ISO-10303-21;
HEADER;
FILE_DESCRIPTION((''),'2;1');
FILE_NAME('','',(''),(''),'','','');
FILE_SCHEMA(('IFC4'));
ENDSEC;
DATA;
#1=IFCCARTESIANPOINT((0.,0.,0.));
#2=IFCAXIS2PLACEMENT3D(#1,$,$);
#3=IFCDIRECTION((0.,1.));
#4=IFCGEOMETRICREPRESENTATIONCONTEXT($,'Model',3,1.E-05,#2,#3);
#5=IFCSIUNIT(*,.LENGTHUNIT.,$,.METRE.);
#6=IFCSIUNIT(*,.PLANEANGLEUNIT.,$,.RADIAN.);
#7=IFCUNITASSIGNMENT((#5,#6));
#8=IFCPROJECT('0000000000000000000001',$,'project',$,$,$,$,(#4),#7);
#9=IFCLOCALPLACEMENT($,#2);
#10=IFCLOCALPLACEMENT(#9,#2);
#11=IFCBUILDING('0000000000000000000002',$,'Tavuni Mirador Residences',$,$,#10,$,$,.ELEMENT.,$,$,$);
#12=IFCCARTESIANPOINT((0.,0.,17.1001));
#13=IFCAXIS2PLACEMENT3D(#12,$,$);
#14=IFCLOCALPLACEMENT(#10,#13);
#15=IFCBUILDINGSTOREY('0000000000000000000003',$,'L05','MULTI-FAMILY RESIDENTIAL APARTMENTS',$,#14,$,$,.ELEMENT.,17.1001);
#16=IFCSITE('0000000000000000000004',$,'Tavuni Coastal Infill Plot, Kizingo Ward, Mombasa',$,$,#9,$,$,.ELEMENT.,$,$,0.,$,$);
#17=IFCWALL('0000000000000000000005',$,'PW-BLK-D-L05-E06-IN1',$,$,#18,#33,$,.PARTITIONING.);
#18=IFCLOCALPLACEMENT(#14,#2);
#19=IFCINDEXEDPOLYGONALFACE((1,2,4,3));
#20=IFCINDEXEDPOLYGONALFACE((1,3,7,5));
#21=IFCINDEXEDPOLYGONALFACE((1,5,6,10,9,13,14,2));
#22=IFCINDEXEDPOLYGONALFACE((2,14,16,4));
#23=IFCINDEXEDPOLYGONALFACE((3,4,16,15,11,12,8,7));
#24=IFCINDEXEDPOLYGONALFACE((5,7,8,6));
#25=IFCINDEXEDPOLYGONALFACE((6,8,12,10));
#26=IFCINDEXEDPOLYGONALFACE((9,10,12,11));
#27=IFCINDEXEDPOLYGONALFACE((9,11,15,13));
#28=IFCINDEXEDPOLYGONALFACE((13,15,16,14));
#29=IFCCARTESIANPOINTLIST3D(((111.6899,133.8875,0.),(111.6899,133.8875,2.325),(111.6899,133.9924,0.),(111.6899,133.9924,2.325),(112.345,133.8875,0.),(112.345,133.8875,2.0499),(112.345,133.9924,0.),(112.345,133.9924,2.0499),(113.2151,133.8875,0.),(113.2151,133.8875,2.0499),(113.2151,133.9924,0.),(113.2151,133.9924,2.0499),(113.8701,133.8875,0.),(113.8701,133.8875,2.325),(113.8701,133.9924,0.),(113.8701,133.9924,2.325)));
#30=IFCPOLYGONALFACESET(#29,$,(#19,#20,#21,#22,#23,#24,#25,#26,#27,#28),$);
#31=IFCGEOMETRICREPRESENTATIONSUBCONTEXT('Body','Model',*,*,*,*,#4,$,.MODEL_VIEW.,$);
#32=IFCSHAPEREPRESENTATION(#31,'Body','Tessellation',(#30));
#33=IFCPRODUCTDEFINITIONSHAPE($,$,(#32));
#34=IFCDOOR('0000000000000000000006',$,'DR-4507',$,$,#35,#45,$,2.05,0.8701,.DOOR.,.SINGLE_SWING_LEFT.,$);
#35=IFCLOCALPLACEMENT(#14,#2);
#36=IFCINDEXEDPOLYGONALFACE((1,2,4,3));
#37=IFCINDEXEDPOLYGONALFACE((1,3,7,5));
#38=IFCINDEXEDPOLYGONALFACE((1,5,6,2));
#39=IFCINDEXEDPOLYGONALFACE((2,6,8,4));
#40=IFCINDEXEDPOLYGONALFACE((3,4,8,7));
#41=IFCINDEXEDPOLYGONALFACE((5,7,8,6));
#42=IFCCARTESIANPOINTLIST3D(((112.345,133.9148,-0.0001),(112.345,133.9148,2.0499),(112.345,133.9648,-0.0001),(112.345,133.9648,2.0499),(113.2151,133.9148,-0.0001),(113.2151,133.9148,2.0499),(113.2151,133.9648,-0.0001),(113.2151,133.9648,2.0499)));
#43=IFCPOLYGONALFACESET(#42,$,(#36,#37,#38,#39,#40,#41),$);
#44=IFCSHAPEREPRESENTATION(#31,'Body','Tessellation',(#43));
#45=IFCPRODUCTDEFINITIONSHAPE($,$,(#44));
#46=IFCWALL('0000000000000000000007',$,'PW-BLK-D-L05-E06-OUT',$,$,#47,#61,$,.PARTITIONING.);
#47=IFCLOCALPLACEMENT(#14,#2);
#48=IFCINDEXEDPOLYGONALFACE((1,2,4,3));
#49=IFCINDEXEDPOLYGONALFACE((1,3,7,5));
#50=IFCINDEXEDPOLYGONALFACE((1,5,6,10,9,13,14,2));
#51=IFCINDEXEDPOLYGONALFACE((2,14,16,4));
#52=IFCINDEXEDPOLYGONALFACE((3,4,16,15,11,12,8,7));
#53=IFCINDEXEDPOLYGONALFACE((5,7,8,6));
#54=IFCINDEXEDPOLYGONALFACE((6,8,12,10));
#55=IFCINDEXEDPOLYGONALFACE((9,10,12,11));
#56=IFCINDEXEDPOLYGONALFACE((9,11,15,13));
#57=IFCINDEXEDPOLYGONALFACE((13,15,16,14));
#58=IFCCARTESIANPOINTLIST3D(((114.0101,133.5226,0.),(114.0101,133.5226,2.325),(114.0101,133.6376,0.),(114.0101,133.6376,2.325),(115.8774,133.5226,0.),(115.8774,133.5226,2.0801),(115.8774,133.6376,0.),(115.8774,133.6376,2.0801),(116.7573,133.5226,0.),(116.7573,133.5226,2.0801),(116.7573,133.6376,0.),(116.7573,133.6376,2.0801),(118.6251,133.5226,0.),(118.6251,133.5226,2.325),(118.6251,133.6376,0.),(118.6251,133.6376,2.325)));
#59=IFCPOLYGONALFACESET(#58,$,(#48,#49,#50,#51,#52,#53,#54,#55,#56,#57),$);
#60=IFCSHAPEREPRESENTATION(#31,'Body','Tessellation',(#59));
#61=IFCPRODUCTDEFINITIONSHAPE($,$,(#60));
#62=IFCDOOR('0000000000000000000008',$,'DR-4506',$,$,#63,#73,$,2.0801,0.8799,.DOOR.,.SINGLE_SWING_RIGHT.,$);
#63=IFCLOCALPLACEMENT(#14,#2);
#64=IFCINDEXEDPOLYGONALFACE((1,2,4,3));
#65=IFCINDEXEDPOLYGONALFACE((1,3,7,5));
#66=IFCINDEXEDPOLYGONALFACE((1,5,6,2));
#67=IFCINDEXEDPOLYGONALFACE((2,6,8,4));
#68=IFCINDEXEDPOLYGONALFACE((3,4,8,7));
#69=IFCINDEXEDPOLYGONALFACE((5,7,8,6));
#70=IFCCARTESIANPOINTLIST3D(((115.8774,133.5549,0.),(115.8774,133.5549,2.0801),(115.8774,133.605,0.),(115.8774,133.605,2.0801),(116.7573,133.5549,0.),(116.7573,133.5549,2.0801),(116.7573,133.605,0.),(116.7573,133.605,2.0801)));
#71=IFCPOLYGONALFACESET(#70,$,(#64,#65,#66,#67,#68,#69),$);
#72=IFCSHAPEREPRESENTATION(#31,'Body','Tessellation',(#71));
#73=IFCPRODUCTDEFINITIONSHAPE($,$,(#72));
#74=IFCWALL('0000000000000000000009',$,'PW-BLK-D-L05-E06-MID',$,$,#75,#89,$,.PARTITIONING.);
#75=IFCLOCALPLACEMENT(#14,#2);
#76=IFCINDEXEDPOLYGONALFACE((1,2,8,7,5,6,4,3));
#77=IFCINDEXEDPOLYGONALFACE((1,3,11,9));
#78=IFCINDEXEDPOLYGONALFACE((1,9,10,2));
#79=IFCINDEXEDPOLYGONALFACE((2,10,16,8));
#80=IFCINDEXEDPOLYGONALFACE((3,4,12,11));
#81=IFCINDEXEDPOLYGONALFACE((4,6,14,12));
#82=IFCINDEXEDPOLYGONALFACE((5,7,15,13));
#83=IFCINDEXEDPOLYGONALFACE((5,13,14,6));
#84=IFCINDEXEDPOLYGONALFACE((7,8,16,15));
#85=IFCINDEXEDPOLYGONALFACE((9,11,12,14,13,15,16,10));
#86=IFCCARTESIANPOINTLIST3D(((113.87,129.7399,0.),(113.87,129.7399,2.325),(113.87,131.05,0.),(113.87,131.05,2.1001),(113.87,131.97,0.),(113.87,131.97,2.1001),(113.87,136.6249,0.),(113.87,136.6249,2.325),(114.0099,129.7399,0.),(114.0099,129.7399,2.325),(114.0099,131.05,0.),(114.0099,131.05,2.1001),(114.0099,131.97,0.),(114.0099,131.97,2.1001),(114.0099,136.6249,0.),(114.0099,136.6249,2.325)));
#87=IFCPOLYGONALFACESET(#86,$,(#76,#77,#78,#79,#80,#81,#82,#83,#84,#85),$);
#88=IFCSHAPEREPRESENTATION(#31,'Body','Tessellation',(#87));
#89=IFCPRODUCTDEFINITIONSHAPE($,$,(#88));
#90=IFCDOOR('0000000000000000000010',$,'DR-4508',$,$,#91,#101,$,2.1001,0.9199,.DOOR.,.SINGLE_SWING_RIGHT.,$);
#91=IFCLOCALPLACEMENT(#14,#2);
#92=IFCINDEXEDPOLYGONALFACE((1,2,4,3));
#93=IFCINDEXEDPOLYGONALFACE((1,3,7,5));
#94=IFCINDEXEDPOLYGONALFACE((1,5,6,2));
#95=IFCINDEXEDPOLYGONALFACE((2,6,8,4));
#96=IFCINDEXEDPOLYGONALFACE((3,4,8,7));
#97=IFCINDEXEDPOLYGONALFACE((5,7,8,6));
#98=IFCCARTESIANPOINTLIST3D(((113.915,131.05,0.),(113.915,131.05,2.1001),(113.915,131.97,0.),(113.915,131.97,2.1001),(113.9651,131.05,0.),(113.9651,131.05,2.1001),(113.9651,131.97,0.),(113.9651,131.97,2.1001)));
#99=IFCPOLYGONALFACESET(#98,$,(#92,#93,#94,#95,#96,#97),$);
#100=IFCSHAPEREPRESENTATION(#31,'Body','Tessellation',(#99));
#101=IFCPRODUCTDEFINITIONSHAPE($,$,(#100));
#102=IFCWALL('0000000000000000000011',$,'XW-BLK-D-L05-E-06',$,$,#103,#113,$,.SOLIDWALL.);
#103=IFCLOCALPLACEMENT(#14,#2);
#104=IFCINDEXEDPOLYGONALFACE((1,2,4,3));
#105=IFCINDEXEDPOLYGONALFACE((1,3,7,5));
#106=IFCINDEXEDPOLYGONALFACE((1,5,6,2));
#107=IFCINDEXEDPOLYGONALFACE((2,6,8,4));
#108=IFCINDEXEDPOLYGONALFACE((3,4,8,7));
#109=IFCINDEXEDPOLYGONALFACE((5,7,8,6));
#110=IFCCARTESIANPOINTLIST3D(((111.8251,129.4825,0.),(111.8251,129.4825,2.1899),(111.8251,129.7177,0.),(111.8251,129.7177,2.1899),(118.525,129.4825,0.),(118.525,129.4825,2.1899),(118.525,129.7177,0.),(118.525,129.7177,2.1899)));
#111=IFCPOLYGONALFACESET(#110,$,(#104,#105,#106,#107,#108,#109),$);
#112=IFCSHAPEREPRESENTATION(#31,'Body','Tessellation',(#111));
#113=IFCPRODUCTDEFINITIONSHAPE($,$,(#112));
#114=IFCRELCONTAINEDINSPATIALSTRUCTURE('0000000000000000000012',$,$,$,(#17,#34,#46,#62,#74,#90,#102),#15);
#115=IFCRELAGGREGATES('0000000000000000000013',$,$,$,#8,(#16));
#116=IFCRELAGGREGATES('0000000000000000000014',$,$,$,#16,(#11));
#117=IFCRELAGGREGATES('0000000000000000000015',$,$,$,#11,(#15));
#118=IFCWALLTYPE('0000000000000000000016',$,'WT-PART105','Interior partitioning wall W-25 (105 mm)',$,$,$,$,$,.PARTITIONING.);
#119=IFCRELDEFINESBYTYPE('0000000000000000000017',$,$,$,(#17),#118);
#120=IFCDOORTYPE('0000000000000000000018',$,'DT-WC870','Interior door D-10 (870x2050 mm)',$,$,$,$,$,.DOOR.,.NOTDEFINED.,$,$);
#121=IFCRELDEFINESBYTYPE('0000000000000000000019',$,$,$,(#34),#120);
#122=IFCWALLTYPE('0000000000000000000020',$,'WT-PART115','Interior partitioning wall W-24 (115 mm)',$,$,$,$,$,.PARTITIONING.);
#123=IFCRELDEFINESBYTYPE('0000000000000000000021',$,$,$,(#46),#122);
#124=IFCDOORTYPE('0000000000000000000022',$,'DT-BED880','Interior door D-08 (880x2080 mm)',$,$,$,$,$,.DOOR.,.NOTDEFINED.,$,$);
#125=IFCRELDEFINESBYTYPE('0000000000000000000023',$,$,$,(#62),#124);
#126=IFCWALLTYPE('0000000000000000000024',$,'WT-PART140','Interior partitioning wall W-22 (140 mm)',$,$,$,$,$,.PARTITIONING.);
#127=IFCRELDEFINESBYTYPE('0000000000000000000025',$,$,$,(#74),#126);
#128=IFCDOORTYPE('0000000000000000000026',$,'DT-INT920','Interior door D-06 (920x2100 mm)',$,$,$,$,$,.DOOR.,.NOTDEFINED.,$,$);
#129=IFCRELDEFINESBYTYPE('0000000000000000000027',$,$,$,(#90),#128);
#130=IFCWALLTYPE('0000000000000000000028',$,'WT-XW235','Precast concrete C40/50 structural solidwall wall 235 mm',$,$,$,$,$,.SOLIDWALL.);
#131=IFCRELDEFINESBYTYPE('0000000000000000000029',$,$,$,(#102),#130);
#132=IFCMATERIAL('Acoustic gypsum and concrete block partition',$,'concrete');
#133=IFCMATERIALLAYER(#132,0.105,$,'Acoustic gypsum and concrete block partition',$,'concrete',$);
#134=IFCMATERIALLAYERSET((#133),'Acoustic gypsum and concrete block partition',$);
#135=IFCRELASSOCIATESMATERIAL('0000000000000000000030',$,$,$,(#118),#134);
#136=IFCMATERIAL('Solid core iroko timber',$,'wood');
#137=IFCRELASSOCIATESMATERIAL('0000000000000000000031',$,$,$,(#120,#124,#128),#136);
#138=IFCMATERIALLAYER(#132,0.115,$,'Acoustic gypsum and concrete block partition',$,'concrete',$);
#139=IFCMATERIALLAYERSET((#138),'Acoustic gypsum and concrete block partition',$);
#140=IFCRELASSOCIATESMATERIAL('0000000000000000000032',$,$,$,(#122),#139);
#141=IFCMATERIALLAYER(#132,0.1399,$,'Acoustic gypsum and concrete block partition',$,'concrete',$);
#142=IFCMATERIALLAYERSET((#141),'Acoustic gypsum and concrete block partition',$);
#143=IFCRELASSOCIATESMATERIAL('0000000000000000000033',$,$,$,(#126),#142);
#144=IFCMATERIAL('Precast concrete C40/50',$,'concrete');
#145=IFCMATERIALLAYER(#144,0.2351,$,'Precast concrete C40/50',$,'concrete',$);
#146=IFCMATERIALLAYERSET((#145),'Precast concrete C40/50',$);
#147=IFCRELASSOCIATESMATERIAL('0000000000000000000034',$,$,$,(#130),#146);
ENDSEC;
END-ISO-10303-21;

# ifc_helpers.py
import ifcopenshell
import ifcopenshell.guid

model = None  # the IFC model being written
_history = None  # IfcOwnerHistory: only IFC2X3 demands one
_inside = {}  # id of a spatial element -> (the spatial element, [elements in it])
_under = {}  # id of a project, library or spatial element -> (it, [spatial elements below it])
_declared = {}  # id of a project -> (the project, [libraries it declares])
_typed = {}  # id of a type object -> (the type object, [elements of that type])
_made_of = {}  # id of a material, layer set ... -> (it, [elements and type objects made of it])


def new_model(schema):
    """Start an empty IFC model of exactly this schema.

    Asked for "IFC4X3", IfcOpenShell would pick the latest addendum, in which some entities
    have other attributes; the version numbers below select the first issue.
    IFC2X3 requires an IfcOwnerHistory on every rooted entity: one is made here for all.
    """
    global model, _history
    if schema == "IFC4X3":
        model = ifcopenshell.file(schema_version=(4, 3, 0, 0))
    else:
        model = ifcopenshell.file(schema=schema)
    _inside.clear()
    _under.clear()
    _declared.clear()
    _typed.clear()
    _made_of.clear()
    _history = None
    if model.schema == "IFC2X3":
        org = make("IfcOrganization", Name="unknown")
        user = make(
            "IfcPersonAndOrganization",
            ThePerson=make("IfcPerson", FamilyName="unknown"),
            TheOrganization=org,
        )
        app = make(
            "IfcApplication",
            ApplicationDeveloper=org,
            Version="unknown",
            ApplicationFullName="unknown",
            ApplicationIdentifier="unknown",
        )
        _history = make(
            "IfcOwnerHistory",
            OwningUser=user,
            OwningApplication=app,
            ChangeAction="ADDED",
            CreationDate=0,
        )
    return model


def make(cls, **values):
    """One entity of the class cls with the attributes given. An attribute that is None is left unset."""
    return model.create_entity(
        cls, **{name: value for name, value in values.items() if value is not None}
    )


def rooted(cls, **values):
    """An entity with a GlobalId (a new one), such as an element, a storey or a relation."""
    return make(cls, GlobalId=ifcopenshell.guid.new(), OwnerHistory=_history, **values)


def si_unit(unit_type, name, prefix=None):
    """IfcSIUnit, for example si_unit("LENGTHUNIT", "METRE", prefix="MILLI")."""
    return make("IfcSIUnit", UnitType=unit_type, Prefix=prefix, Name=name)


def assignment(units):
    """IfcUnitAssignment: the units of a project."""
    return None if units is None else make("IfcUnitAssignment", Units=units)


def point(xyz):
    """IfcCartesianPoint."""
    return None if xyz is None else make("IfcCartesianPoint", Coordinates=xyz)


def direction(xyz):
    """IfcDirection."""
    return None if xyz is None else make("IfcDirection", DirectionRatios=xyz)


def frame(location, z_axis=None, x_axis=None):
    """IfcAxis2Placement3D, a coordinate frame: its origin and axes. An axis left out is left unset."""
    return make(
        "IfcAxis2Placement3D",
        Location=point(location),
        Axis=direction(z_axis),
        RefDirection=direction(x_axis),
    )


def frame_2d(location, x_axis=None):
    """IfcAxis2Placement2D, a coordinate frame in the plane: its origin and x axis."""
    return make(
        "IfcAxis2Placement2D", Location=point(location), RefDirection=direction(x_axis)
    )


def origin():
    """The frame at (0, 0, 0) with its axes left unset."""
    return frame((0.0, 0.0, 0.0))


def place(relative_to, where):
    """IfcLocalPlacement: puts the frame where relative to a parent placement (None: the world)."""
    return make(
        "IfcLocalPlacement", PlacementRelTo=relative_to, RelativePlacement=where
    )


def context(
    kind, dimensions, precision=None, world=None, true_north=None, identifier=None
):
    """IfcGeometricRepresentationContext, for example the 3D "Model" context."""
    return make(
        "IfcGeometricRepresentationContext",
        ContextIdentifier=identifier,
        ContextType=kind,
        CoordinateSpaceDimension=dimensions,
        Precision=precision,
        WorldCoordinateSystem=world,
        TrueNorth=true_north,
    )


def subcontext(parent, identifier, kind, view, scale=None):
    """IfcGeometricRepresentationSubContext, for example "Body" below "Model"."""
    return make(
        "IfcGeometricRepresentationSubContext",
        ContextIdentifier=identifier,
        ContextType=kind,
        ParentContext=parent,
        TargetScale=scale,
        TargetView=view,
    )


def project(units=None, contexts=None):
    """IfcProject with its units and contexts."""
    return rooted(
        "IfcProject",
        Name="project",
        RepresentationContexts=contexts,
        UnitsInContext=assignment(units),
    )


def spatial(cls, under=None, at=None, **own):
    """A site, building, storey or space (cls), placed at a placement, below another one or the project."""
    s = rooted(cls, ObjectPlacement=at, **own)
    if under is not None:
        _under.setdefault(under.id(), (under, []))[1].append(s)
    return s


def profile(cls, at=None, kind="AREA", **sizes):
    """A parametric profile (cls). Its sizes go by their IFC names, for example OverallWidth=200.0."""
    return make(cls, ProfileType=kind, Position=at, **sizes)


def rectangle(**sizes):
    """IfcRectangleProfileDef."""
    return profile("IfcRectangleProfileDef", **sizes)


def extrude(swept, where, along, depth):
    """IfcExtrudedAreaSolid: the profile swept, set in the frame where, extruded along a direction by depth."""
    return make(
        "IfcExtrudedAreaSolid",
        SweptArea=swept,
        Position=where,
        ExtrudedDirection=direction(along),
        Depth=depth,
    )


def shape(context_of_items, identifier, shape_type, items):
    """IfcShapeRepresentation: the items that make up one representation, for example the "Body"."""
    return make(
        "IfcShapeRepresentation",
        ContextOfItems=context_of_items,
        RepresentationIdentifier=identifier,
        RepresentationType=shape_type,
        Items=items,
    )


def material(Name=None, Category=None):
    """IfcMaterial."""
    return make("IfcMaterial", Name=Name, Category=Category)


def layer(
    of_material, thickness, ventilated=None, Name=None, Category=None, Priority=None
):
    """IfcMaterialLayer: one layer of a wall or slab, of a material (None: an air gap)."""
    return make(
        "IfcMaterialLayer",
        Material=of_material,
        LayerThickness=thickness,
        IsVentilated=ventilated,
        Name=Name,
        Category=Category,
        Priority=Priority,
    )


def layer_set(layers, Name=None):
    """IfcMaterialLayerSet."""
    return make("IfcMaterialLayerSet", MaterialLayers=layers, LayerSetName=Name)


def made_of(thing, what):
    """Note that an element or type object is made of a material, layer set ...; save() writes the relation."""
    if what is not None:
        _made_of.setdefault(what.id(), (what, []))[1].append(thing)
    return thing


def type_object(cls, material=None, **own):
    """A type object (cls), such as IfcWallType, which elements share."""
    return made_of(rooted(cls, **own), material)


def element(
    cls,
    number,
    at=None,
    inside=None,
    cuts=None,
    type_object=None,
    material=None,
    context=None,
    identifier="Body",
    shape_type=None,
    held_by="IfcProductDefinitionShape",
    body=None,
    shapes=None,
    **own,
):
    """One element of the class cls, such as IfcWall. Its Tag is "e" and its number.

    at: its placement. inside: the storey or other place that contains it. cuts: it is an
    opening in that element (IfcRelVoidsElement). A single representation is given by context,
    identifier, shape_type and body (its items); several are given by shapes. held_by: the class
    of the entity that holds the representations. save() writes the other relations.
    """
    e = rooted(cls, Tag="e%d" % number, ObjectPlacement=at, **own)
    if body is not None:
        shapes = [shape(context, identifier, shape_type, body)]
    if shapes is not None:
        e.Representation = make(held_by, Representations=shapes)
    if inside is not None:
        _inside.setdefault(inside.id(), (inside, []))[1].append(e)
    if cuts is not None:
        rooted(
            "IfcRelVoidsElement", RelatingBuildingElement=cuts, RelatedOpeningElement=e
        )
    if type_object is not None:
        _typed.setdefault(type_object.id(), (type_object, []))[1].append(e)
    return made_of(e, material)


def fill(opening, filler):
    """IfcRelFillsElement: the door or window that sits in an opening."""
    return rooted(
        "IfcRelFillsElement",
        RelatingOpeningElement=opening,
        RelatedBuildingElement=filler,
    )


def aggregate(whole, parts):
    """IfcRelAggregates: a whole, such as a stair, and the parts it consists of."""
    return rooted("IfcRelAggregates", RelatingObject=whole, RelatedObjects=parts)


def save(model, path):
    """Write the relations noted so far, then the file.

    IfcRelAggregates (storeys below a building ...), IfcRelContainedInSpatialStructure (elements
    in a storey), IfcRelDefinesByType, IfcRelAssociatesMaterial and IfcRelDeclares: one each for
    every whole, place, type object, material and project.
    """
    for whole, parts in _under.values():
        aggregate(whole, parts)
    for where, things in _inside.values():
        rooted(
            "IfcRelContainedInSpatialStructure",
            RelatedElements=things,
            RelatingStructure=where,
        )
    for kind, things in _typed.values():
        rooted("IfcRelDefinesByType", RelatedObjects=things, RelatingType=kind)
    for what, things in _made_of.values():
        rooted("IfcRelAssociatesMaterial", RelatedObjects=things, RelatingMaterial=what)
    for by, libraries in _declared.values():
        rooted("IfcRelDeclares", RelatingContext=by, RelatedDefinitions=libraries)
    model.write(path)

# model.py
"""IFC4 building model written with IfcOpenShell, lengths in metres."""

from ifc_helpers import new_model, si_unit, direction, frame, frame_2d, origin, place, context, subcontext, project, spatial, rectangle, extrude, material, layer, layer_set, type_object, element, fill, save


model = new_model("IFC4")

# Units and contexts
model_context = context("Model", 3, precision=1e-05, world=origin(), true_north=direction((0.0, 1.0)))
body_context = subcontext(model_context, "Body", "Model", "MODEL_VIEW")
ifc_project = project(units=[si_unit("LENGTHUNIT", "METRE"), si_unit("PLANEANGLEUNIT", "RADIAN")], contexts=[model_context])

# Site, building, storey
site_placement = place(None, origin())
site = spatial("IfcSite", under=ifc_project, at=site_placement, Name="Tavuni Coastal Infill Plot, Kizingo Ward, Mombasa", CompositionType="ELEMENT", RefElevation=0.0)
building_placement = place(site_placement, origin())
building = spatial("IfcBuilding", under=site, at=building_placement, Name="Tavuni Mirador Residences", CompositionType="ELEMENT")
storey_placement = place(building_placement, frame((0.0, 0.0, 17.1001)))
storey = spatial("IfcBuildingStorey", under=building, at=storey_placement, Name="L05", Description="MULTI-FAMILY RESIDENTIAL APARTMENTS", CompositionType="ELEMENT", Elevation=17.1001)

# Shared definitions
ifc_material_1 = material(Name="Precast concrete C40/50", Category="concrete")

# Walls, openings, doors
ifc_material_2 = material(Name="Acoustic gypsum and concrete block partition", Category="concrete")
ifc_layer_1 = layer(ifc_material_2, 0.105, Name="Acoustic gypsum and concrete block partition", Category="concrete")
ifc_layer_set_1 = layer_set([ifc_layer_1], Name="Acoustic gypsum and concrete block partition")
wall_type_1 = type_object("IfcWallType", Name="WT-PART105", Description="Interior partitioning wall W-25 (105 mm)", PredefinedType="PARTITIONING", material=ifc_layer_set_1)
wall_1_placement = place(storey_placement, frame((111.6899, 133.9399, 0.0), z_axis=(0.0, 0.0, 1.0), x_axis=(1.0, 0.0, 0.0)))
wall_1 = element("IfcWall", 1, at=wall_1_placement, inside=storey, type_object=wall_type_1, Name="PW-BLK-D-L05-E06-IN1", PredefinedType="PARTITIONING", context=body_context, shape_type="SweptSolid", body=[
    extrude(rectangle(XDim=2.1802, YDim=0.105, at=frame_2d((1.0901, 0.0))), origin(), (0.0, 0.0, 1.0), 2.325),
])
opening_1_placement = place(wall_1_placement, frame((0.655, 0.0, 0.0)))
opening_1 = element("IfcOpeningElement", 2, at=opening_1_placement, cuts=wall_1, PredefinedType="OPENING", context=body_context, shape_type="SweptSolid", body=[
    extrude(rectangle(XDim=0.8701, YDim=2.05, at=frame_2d((0.4351, 1.0249))), frame((0.0, 0.0625, 0.0), z_axis=(0.0, -1.0, 0.0), x_axis=(1.0, 0.0, 0.0)), (0.0, 0.0, 1.0), 0.125),
])
ifc_material_3 = material(Name="Solid core iroko timber", Category="wood")
door_type_1 = type_object("IfcDoorType", Name="DT-WC870", Description="Interior door D-10 (870x2050 mm)", OperationType="NOTDEFINED", PredefinedType="DOOR", material=ifc_material_3)
door_1_placement = place(opening_1_placement, origin())
door_1 = element("IfcDoor", 3, at=door_1_placement, inside=storey, type_object=door_type_1, Name="DR-4507", OperationType="SINGLE_SWING_LEFT", OverallHeight=2.05, OverallWidth=0.8701, PredefinedType="DOOR", context=body_context, shape_type="SweptSolid", body=[
    extrude(rectangle(XDim=0.8701, YDim=2.05, at=frame_2d((0.4351, 1.0249))), frame((0.0, 0.0249, 0.0), z_axis=(0.0, -1.0, 0.0), x_axis=(1.0, 0.0, 0.0)), (0.0, 0.0, 1.0), 0.05),
])
fill(opening_1, door_1)
ifc_layer_2 = layer(ifc_material_2, 0.115, Name="Acoustic gypsum and concrete block partition", Category="concrete")
ifc_layer_set_2 = layer_set([ifc_layer_2], Name="Acoustic gypsum and concrete block partition")
wall_type_2 = type_object("IfcWallType", Name="WT-PART115", Description="Interior partitioning wall W-24 (115 mm)", PredefinedType="PARTITIONING", material=ifc_layer_set_2)
wall_2_placement = place(storey_placement, frame((114.01, 133.5801, 0.0), z_axis=(0.0, 0.0, 1.0), x_axis=(1.0, 0.0, 0.0)))
wall_2 = element("IfcWall", 4, at=wall_2_placement, inside=storey, type_object=wall_type_2, Name="PW-BLK-D-L05-E06-OUT", PredefinedType="PARTITIONING", context=body_context, shape_type="SweptSolid", body=[
    extrude(rectangle(XDim=4.615, YDim=0.115, at=frame_2d((2.3076, 0.0))), origin(), (0.0, 0.0, 1.0), 2.325),
])
opening_2_placement = place(wall_2_placement, frame((1.8674, 0.0, 0.0)))
opening_2 = element("IfcOpeningElement", 5, at=opening_2_placement, cuts=wall_2, PredefinedType="OPENING", context=body_context, shape_type="SweptSolid", body=[
    extrude(rectangle(XDim=0.8799, YDim=2.0801, at=frame_2d((0.4399, 1.04))), frame((0.0, 0.0674, 0.0), z_axis=(0.0, -1.0, 0.0), x_axis=(1.0, 0.0, 0.0)), (0.0, 0.0, 1.0), 0.135),
])
door_type_2 = type_object("IfcDoorType", Name="DT-BED880", Description="Interior door D-08 (880x2080 mm)", OperationType="NOTDEFINED", PredefinedType="DOOR", material=ifc_material_3)
door_2_placement = place(opening_2_placement, origin())
door_2 = element("IfcDoor", 6, at=door_2_placement, inside=storey, type_object=door_type_2, Name="DR-4506", OperationType="SINGLE_SWING_RIGHT", OverallHeight=2.0801, OverallWidth=0.8799, PredefinedType="DOOR", context=body_context, shape_type="SweptSolid", body=[
    extrude(rectangle(XDim=0.8799, YDim=2.0801, at=frame_2d((0.4399, 1.04))), frame((0.0, 0.0249, 0.0), z_axis=(0.0, -1.0, 0.0), x_axis=(1.0, 0.0, 0.0)), (0.0, 0.0, 1.0), 0.05),
])
fill(opening_2, door_2)
ifc_layer_3 = layer(ifc_material_2, 0.1399, Name="Acoustic gypsum and concrete block partition", Category="concrete")
ifc_layer_set_3 = layer_set([ifc_layer_3], Name="Acoustic gypsum and concrete block partition")
wall_type_3 = type_object("IfcWallType", Name="WT-PART140", Description="Interior partitioning wall W-22 (140 mm)", PredefinedType="PARTITIONING", material=ifc_layer_set_3)
wall_3_placement = place(storey_placement, frame((113.9399, 129.74, 0.0), z_axis=(0.0, 0.0, 1.0), x_axis=(0.0, 1.0, 0.0)))
wall_3 = element("IfcWall", 7, at=wall_3_placement, inside=storey, type_object=wall_type_3, Name="PW-BLK-D-L05-E06-MID", PredefinedType="PARTITIONING", context=body_context, shape_type="SweptSolid", body=[
    extrude(rectangle(XDim=6.885, YDim=0.1399, at=frame_2d((3.4424, 0.0))), origin(), (0.0, 0.0, 1.0), 2.325),
])
opening_3_placement = place(wall_3_placement, frame((1.3101, 0.0, 0.0)))
opening_3 = element("IfcOpeningElement", 8, at=opening_3_placement, cuts=wall_3, PredefinedType="OPENING", context=body_context, shape_type="SweptSolid", body=[
    extrude(rectangle(XDim=0.9199, YDim=2.1001, at=frame_2d((0.46, 1.05))), frame((0.0, 0.0801, 0.0), z_axis=(0.0, -1.0, 0.0), x_axis=(1.0, 0.0, 0.0)), (0.0, 0.0, 1.0), 0.1599),
])
door_type_3 = type_object("IfcDoorType", Name="DT-INT920", Description="Interior door D-06 (920x2100 mm)", OperationType="NOTDEFINED", PredefinedType="DOOR", material=ifc_material_3)
door_3_placement = place(opening_3_placement, origin())
door_3 = element("IfcDoor", 9, at=door_3_placement, inside=storey, type_object=door_type_3, Name="DR-4508", OperationType="SINGLE_SWING_RIGHT", OverallHeight=2.1001, OverallWidth=0.9199, PredefinedType="DOOR", context=body_context, shape_type="SweptSolid", body=[
    extrude(rectangle(XDim=0.9199, YDim=2.1001, at=frame_2d((0.46, 1.05))), frame((0.0, 0.0249, 0.0), z_axis=(0.0, -1.0, 0.0), x_axis=(1.0, 0.0, 0.0)), (0.0, 0.0, 1.0), 0.05),
])
fill(opening_3, door_3)

# Wall
ifc_layer_4 = layer(ifc_material_1, 0.2351, Name="Precast concrete C40/50", Category="concrete")
ifc_layer_set_4 = layer_set([ifc_layer_4], Name="Precast concrete C40/50")
wall_type_4 = type_object("IfcWallType", Name="WT-XW235", Description="Precast concrete C40/50 structural solidwall wall 235 mm", PredefinedType="SOLIDWALL", material=ifc_layer_set_4)
wall_4_placement = place(storey_placement, frame((111.825, 129.6001, 0.0), z_axis=(0.0, 0.0, 1.0), x_axis=(1.0, 0.0, 0.0)))
element("IfcWall", 10, at=wall_4_placement, inside=storey, type_object=wall_type_4, Name="XW-BLK-D-L05-E-06", PredefinedType="SOLIDWALL", context=body_context, shape_type="SweptSolid", body=[
    extrude(rectangle(XDim=6.7, YDim=0.2351, at=frame_2d((3.3501, 0.0))), origin(), (0.0, 0.0, 1.0), 2.1899),
])

save(model, "model.ifc")
